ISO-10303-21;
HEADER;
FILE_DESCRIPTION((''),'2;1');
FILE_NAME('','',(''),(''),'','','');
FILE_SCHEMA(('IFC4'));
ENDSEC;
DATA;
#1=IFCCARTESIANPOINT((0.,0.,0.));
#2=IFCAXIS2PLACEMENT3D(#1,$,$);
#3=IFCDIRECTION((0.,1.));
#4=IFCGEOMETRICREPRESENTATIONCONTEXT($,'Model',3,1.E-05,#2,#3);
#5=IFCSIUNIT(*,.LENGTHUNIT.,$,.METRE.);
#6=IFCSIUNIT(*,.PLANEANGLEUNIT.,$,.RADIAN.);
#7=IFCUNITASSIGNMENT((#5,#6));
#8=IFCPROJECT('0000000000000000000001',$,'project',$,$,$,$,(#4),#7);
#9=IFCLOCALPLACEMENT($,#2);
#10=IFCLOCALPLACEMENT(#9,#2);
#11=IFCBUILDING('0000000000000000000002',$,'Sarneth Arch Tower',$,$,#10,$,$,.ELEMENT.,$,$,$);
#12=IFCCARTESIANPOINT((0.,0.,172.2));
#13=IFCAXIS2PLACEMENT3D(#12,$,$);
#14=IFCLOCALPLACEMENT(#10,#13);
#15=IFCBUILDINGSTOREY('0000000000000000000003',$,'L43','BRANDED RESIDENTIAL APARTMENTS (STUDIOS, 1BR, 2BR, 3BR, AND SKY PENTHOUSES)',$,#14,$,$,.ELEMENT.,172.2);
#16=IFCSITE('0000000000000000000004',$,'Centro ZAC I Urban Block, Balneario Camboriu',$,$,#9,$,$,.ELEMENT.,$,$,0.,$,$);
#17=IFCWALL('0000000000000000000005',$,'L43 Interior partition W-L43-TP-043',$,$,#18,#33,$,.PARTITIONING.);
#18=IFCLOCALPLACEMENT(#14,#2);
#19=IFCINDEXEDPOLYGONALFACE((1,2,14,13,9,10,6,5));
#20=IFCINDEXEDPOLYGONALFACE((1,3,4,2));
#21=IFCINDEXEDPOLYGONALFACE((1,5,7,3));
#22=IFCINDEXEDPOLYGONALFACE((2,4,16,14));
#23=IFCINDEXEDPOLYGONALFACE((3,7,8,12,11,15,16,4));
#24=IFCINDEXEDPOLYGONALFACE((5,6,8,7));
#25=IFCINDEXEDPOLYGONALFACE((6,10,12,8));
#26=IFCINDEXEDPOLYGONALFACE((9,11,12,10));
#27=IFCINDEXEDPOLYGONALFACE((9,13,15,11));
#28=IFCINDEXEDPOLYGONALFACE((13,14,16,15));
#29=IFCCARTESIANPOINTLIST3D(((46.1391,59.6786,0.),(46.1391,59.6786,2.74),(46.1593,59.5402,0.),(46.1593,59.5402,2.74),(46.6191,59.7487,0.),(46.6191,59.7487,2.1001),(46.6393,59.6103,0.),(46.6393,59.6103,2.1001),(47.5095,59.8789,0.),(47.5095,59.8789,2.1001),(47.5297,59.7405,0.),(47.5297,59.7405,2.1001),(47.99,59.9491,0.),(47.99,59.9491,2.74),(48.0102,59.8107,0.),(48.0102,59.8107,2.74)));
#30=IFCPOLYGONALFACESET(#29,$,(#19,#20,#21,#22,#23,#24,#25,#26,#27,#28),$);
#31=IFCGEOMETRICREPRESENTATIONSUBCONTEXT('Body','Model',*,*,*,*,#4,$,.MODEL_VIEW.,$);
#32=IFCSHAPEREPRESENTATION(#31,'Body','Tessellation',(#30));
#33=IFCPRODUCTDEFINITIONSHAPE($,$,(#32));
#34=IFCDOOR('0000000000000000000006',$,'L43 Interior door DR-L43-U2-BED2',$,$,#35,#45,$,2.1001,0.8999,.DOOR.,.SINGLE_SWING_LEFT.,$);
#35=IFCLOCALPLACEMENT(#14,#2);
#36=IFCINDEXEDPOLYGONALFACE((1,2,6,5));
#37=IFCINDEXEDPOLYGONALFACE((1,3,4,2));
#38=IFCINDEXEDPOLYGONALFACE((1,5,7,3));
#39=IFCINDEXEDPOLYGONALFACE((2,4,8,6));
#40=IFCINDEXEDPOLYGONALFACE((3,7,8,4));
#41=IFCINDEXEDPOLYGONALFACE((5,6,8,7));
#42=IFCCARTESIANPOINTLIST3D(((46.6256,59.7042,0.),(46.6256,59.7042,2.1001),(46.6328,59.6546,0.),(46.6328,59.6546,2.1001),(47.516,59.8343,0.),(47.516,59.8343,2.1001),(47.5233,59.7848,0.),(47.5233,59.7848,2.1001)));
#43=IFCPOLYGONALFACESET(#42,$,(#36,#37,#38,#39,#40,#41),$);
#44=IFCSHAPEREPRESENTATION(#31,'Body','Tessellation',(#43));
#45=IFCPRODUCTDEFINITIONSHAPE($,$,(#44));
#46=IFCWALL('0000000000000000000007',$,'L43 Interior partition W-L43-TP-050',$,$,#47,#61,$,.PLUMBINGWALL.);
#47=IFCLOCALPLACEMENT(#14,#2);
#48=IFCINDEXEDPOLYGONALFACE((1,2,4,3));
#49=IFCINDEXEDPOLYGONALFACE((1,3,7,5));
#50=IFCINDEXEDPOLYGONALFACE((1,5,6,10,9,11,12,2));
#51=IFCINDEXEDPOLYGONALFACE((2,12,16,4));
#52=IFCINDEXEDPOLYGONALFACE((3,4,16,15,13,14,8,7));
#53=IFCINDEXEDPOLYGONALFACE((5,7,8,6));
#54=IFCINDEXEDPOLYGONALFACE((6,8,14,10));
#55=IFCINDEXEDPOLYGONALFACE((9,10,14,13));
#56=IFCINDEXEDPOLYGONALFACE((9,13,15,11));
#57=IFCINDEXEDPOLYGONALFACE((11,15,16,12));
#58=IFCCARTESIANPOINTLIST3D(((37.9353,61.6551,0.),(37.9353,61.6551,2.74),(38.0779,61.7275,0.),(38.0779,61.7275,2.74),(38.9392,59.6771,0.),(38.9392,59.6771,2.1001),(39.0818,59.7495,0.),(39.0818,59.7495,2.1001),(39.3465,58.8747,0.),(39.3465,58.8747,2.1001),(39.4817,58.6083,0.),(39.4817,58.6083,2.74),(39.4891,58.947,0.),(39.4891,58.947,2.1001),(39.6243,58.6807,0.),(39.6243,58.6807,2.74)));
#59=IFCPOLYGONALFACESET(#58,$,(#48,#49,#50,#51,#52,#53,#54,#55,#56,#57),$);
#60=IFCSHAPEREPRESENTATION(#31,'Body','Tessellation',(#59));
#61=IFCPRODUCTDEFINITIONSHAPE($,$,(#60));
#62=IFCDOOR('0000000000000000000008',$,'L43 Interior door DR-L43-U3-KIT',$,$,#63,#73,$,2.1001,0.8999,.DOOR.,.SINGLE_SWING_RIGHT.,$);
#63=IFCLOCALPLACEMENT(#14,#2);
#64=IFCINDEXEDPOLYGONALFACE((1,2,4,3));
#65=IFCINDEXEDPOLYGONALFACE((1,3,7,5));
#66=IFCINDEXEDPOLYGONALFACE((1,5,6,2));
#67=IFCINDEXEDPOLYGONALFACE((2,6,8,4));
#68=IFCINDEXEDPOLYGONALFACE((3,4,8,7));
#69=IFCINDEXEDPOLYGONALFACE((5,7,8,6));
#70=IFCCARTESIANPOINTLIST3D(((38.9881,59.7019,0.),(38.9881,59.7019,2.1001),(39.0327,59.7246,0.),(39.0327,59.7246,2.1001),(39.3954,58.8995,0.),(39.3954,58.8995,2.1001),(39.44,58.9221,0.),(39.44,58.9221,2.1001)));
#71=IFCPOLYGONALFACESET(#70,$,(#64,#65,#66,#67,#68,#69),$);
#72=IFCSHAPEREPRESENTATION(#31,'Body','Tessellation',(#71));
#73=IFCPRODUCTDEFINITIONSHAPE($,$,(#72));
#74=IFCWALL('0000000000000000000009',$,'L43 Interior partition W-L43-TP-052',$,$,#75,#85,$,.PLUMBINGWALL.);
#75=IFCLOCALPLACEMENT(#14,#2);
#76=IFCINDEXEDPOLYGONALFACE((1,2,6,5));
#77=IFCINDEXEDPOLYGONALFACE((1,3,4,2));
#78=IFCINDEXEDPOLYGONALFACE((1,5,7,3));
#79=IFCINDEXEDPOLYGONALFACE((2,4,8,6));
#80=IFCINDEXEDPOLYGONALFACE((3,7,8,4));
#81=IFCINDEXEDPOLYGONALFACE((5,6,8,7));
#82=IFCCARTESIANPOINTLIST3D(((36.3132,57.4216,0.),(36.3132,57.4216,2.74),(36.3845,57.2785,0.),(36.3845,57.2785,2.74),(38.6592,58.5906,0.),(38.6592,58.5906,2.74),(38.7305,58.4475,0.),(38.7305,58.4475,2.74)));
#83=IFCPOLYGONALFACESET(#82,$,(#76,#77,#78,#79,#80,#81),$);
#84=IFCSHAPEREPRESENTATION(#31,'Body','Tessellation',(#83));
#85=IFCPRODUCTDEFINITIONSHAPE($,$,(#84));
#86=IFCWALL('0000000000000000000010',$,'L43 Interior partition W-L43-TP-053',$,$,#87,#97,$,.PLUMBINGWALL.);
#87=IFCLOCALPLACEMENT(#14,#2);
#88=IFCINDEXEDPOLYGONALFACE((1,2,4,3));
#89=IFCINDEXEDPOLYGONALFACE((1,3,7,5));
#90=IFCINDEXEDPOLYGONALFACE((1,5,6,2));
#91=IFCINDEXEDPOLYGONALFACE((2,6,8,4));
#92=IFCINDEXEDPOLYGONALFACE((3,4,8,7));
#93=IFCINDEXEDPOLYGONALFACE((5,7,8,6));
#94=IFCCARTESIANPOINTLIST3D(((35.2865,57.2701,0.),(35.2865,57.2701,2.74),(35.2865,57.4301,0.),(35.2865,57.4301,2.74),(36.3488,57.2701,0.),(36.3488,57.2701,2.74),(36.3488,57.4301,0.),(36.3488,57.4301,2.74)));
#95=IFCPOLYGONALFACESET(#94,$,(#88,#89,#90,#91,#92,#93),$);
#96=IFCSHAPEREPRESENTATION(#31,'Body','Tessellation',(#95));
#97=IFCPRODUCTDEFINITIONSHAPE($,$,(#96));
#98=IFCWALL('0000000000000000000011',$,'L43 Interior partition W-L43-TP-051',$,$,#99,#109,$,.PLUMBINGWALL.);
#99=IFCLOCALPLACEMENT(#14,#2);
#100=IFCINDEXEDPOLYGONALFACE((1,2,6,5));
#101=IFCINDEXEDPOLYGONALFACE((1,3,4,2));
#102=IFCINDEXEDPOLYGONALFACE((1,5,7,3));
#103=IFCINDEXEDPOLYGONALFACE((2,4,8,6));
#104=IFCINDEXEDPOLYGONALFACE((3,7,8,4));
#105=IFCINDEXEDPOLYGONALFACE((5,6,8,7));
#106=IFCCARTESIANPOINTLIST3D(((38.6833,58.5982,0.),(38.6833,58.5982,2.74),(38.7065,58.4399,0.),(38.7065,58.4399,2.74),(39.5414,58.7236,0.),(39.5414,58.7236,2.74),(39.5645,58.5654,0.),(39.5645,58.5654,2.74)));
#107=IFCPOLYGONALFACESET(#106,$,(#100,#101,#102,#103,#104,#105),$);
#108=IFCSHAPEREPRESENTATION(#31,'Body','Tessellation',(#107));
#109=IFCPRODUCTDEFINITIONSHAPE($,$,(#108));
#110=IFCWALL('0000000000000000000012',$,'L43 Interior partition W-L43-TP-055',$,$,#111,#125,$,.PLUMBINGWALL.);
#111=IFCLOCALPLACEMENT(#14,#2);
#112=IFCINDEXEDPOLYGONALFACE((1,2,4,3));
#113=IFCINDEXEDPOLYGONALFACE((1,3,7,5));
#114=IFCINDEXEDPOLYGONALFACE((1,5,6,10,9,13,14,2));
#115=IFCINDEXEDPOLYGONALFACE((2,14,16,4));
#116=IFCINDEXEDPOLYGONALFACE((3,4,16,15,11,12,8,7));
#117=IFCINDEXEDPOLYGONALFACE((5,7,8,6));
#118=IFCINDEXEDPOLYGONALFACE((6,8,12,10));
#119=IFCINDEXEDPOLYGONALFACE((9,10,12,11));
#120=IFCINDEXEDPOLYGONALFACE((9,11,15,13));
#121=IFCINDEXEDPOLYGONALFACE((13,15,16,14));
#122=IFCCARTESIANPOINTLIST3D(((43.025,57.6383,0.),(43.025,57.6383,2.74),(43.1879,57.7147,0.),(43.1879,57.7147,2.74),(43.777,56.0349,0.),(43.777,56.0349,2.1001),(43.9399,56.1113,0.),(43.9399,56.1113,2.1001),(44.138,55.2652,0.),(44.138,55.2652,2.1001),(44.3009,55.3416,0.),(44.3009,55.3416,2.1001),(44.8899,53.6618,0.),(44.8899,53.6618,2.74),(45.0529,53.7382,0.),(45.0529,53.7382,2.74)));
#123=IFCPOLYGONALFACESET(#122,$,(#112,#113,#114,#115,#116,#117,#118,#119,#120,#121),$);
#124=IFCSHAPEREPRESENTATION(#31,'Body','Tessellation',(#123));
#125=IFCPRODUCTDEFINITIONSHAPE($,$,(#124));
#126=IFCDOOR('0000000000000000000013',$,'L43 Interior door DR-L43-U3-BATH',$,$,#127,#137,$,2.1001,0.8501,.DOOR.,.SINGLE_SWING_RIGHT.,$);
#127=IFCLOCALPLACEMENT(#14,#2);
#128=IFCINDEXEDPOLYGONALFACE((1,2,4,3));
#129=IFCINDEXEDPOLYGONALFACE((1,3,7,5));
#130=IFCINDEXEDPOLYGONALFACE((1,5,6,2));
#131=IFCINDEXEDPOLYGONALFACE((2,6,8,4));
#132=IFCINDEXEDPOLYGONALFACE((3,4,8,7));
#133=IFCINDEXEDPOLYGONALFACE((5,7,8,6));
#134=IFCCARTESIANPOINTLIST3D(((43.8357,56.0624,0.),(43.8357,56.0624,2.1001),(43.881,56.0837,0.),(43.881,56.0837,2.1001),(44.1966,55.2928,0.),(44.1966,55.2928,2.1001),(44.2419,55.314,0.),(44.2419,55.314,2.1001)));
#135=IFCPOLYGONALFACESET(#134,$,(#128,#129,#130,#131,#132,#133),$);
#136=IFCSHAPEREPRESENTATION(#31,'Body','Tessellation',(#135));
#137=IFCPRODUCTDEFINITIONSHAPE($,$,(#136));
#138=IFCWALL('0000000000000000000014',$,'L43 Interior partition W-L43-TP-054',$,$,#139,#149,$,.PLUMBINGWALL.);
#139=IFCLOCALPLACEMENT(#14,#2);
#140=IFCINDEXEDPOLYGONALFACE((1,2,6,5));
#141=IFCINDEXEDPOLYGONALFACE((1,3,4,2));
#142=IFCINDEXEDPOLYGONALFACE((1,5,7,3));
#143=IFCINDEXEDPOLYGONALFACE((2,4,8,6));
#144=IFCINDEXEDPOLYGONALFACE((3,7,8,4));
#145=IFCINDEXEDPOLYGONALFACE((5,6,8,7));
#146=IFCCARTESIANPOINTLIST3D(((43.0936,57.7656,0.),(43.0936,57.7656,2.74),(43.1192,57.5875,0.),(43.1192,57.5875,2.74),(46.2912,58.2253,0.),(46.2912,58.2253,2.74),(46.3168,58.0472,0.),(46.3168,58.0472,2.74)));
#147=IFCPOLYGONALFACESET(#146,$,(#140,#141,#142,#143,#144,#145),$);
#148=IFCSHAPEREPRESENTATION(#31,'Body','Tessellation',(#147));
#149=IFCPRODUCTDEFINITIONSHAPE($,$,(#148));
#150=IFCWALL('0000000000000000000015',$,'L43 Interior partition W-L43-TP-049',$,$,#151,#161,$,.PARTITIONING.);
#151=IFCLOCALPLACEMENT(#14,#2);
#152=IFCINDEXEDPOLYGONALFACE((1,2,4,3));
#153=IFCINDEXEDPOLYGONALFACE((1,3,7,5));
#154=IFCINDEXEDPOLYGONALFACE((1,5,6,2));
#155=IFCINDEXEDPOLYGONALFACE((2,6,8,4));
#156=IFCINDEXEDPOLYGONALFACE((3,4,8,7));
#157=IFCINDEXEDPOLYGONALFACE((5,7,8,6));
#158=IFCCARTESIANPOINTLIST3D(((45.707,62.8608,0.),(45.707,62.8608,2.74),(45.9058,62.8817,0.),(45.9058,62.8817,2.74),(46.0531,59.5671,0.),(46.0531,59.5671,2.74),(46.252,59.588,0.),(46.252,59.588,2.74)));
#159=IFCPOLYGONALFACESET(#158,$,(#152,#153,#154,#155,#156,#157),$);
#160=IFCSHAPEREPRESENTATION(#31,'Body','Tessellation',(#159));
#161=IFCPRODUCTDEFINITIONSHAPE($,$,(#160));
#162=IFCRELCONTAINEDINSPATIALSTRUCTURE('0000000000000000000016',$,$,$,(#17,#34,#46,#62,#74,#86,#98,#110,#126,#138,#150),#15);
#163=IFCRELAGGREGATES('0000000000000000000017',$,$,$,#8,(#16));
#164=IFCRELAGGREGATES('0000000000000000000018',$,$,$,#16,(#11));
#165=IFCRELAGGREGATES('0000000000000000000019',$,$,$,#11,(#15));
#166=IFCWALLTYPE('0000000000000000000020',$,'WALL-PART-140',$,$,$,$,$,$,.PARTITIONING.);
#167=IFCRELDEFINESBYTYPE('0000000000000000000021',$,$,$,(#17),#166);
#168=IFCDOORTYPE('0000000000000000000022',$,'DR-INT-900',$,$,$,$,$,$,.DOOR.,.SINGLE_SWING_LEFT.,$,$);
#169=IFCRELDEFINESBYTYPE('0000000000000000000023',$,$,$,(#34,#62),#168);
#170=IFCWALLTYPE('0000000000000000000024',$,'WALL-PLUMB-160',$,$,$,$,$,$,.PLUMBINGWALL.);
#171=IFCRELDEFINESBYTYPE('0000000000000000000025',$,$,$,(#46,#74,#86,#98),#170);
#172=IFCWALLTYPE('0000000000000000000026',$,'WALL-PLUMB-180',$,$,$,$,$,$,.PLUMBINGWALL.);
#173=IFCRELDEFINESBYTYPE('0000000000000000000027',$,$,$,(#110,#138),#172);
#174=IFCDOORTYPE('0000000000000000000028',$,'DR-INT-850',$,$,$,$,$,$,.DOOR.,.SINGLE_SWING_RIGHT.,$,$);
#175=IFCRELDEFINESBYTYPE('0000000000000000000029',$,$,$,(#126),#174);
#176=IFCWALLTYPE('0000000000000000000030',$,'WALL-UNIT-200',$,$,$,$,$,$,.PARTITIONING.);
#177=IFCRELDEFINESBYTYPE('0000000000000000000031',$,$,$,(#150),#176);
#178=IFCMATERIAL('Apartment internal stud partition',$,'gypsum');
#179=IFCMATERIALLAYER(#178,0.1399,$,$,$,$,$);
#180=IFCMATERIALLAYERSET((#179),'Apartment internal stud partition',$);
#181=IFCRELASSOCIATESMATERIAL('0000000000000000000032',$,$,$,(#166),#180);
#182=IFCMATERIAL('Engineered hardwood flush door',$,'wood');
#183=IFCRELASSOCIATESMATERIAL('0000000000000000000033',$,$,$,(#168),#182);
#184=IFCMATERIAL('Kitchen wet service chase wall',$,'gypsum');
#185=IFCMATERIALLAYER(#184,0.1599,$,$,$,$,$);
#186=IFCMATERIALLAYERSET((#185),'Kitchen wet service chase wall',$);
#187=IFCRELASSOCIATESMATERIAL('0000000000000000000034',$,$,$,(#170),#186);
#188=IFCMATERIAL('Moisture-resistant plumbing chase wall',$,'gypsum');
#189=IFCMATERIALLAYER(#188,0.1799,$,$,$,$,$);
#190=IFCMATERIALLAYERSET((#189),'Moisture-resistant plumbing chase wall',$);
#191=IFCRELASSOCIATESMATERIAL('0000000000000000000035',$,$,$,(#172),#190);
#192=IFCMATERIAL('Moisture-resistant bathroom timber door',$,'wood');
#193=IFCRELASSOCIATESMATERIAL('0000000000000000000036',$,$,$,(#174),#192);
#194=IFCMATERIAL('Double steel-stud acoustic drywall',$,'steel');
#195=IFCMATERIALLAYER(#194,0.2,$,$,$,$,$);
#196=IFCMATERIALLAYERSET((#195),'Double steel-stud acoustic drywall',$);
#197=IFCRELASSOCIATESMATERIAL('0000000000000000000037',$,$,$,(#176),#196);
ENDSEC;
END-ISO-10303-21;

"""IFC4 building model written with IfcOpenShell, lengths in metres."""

from ifc_helpers import new_model, si_unit, direction, frame, frame_2d, origin, place, context, subcontext, project, spatial, rectangle, extrude, material, layer, layer_set, type_object, element, fill, save


model = new_model("IFC4")

# Units and contexts
model_context = context("Model", 3, precision=1e-05, world=origin(), true_north=direction((0.0, 1.0)))
body_context = subcontext(model_context, "Body", "Model", "MODEL_VIEW")
ifc_project = project(units=[si_unit("LENGTHUNIT", "METRE"), si_unit("PLANEANGLEUNIT", "RADIAN")], contexts=[model_context])

# Site, building, storey
site_placement = place(None, origin())
site = spatial("IfcSite", under=ifc_project, at=site_placement, Name="Centro ZAC I Urban Block, Balneario Camboriu", CompositionType="ELEMENT", RefElevation=0.0)
building_placement = place(site_placement, origin())
building = spatial("IfcBuilding", under=site, at=building_placement, Name="Sarneth Arch Tower", CompositionType="ELEMENT")
storey_placement = place(building_placement, frame((0.0, 0.0, 172.2)))
storey = spatial("IfcBuildingStorey", under=building, at=storey_placement, Name="L43", Description="BRANDED RESIDENTIAL APARTMENTS (STUDIOS, 1BR, 2BR, 3BR, AND SKY PENTHOUSES)", CompositionType="ELEMENT", Elevation=172.2)

# Walls, openings, doors
ifc_material_1 = material(Name="Apartment internal stud partition", Category="gypsum")
ifc_layer_1 = layer(ifc_material_1, 0.1399)
ifc_layer_set_1 = layer_set([ifc_layer_1], Name="Apartment internal stud partition")
wall_type_1 = type_object("IfcWallType", Name="WALL-PART-140", PredefinedType="PARTITIONING", material=ifc_layer_set_1)
wall_1_placement = place(storey_placement, frame((46.1492, 59.6094, 0.0), z_axis=(0.0, 0.0, 1.0), x_axis=(0.989488, 0.144618, 0.0)))
wall_1 = element("IfcWall", 1, at=wall_1_placement, inside=storey, type_object=wall_type_1, Name="L43 Interior partition W-L43-TP-043", PredefinedType="PARTITIONING", context=body_context, shape_type="SweptSolid", body=[
    extrude(rectangle(XDim=1.8706, YDim=0.1399, at=frame_2d((0.9353, 0.0))), origin(), (0.0, 0.0, 1.0), 2.74),
])
opening_1_placement = place(wall_1_placement, frame((0.4851, 0.0, 0.0)))
opening_1 = element("IfcOpeningElement", 2, at=opening_1_placement, cuts=wall_1, PredefinedType="OPENING", context=body_context, shape_type="SweptSolid", body=[
    extrude(rectangle(XDim=0.8999, YDim=2.1001, at=frame_2d((0.45, 1.05))), frame((0.0, 0.0798, 0.0), z_axis=(0.0, -1.0, 0.0), x_axis=(1.0, 0.0, 0.0)), (0.0, 0.0, 1.0), 0.1599),
])
ifc_material_2 = material(Name="Engineered hardwood flush door", Category="wood")
door_type_1 = type_object("IfcDoorType", Name="DR-INT-900", OperationType="SINGLE_SWING_LEFT", PredefinedType="DOOR", material=ifc_material_2)
door_1_placement = place(opening_1_placement, origin())
door_1 = element("IfcDoor", 3, at=door_1_placement, inside=storey, type_object=door_type_1, Name="L43 Interior door DR-L43-U2-BED2", OperationType="SINGLE_SWING_LEFT", OverallHeight=2.1001, OverallWidth=0.8999, PredefinedType="DOOR", context=body_context, shape_type="SweptSolid", body=[
    extrude(rectangle(XDim=0.8999, YDim=2.1001, at=frame_2d((0.45, 1.05))), frame((0.0, 0.0249, 0.0), z_axis=(0.0, -1.0, 0.0), x_axis=(1.0, 0.0, 0.0)), (0.0, 0.0, 1.0), 0.05),
])
fill(opening_1, door_1)
ifc_material_3 = material(Name="Kitchen wet service chase wall", Category="gypsum")
ifc_layer_2 = layer(ifc_material_3, 0.1599)
ifc_layer_set_2 = layer_set([ifc_layer_2], Name="Kitchen wet service chase wall")
wall_type_2 = type_object("IfcWallType", Name="WALL-PLUMB-160", PredefinedType="PLUMBINGWALL", material=ifc_layer_set_2)
wall_2_placement = place(storey_placement, frame((38.0066, 61.6914, 0.0), z_axis=(0.0, 0.0, 1.0), x_axis=(0.452579, -0.891724, 0.0)))
wall_2 = element("IfcWall", 4, at=wall_2_placement, inside=storey, type_object=wall_type_2, Name="L43 Interior partition W-L43-TP-050", PredefinedType="PLUMBINGWALL", context=body_context, shape_type="SweptSolid", body=[
    extrude(rectangle(XDim=3.4167, YDim=0.1599, at=frame_2d((1.7085, 0.0))), origin(), (0.0, 0.0, 1.0), 2.74),
])
opening_2_placement = place(wall_2_placement, frame((2.2183, 0.0, 0.0)))
opening_2 = element("IfcOpeningElement", 5, at=opening_2_placement, cuts=wall_2, PredefinedType="OPENING", context=body_context, shape_type="SweptSolid", body=[
    extrude(rectangle(XDim=0.8999, YDim=2.1001, at=frame_2d((0.45, 1.05))), frame((0.0, 0.0898, 0.0), z_axis=(0.0, -1.0, 0.0), x_axis=(1.0, 0.0, 0.0)), (0.0, 0.0, 1.0), 0.1799),
])
door_2_placement = place(opening_2_placement, origin())
door_2 = element("IfcDoor", 6, at=door_2_placement, inside=storey, type_object=door_type_1, Name="L43 Interior door DR-L43-U3-KIT", OperationType="SINGLE_SWING_RIGHT", OverallHeight=2.1001, OverallWidth=0.8999, PredefinedType="DOOR", context=body_context, shape_type="SweptSolid", body=[
    extrude(rectangle(XDim=0.8999, YDim=2.1001, at=frame_2d((0.45, 1.05))), frame((0.0, 0.0249, 0.0), z_axis=(0.0, -1.0, 0.0), x_axis=(1.0, 0.0, 0.0)), (0.0, 0.0, 1.0), 0.05),
])
fill(opening_2, door_2)

# Walls
wall_3_placement = place(storey_placement, frame((38.6948, 58.519, 0.0), z_axis=(0.0, 0.0, 1.0), x_axis=(-0.895041, -0.445984, 0.0)))
element("IfcWall", 7, at=wall_3_placement, inside=storey, type_object=wall_type_2, Name="L43 Interior partition W-L43-TP-052", PredefinedType="PLUMBINGWALL", context=body_context, shape_type="SweptSolid", body=[
    extrude(rectangle(XDim=2.6211, YDim=0.1599, at=frame_2d((1.3105, 0.0))), origin(), (0.0, 0.0, 1.0), 2.74),
])
wall_4_placement = place(storey_placement, frame((36.3489, 57.3501, 0.0), z_axis=(0.0, 0.0, 1.0), x_axis=(-1.0, 0.0, 0.0)))
element("IfcWall", 8, at=wall_4_placement, inside=storey, type_object=wall_type_2, Name="L43 Interior partition W-L43-TP-053", PredefinedType="PLUMBINGWALL", context=body_context, shape_type="SweptSolid", body=[
    extrude(rectangle(XDim=1.0623, YDim=0.1599, at=frame_2d((0.5312, 0.0))), origin(), (0.0, 0.0, 1.0), 2.74),
])
wall_5_placement = place(storey_placement, frame((39.553, 58.6445, 0.0), z_axis=(0.0, 0.0, 1.0), x_axis=(-0.989477, -0.144692, 0.0)))
element("IfcWall", 9, at=wall_5_placement, inside=storey, type_object=wall_type_2, Name="L43 Interior partition W-L43-TP-051", PredefinedType="PLUMBINGWALL", context=body_context, shape_type="SweptSolid", body=[
    extrude(rectangle(XDim=0.8672, YDim=0.1599, at=frame_2d((0.4336, 0.0))), origin(), (0.0, 0.0, 1.0), 2.74),
])

# Wall, opening, door
ifc_material_4 = material(Name="Moisture-resistant plumbing chase wall", Category="gypsum")
ifc_layer_3 = layer(ifc_material_4, 0.1799)
ifc_layer_set_3 = layer_set([ifc_layer_3], Name="Moisture-resistant plumbing chase wall")
wall_type_3 = type_object("IfcWallType", Name="WALL-PLUMB-180", PredefinedType="PLUMBINGWALL", material=ifc_layer_set_3)
wall_6_placement = place(storey_placement, frame((43.1064, 57.6765, 0.0), z_axis=(0.0, 0.0, 1.0), x_axis=(0.424616, -0.905373, 0.0)))
wall_6 = element("IfcWall", 10, at=wall_6_placement, inside=storey, type_object=wall_type_3, Name="L43 Interior partition W-L43-TP-055", PredefinedType="PLUMBINGWALL", context=body_context, shape_type="SweptSolid", body=[
    extrude(rectangle(XDim=4.3921, YDim=0.1799, at=frame_2d((2.196, 0.0))), origin(), (0.0, 0.0, 1.0), 2.74),
])
opening_3_placement = place(wall_6_placement, frame((1.771, 0.0, 0.0)))
opening_3 = element("IfcOpeningElement", 11, at=opening_3_placement, cuts=wall_6, PredefinedType="OPENING", context=body_context, shape_type="SweptSolid", body=[
    extrude(rectangle(XDim=0.8501, YDim=2.1001, at=frame_2d((0.425, 1.05))), frame((0.0, 0.0999, 0.0), z_axis=(0.0, -1.0, 0.0), x_axis=(1.0, 0.0, 0.0)), (0.0, 0.0, 1.0), 0.2),
])
ifc_material_5 = material(Name="Moisture-resistant bathroom timber door", Category="wood")
door_type_2 = type_object("IfcDoorType", Name="DR-INT-850", OperationType="SINGLE_SWING_RIGHT", PredefinedType="DOOR", material=ifc_material_5)
door_3_placement = place(opening_3_placement, origin())
door_3 = element("IfcDoor", 12, at=door_3_placement, inside=storey, type_object=door_type_2, Name="L43 Interior door DR-L43-U3-BATH", OperationType="SINGLE_SWING_RIGHT", OverallHeight=2.1001, OverallWidth=0.8501, PredefinedType="DOOR", context=body_context, shape_type="SweptSolid", body=[
    extrude(rectangle(XDim=0.8501, YDim=2.1001, at=frame_2d((0.425, 1.05))), frame((0.0, 0.0249, 0.0), z_axis=(0.0, -1.0, 0.0), x_axis=(1.0, 0.0, 0.0)), (0.0, 0.0, 1.0), 0.05),
])
fill(opening_3, door_3)

# Walls
wall_7_placement = place(storey_placement, frame((46.304, 58.1362, 0.0), z_axis=(0.0, 0.0, 1.0), x_axis=(-0.989822, -0.14231, 0.0)))
element("IfcWall", 13, at=wall_7_placement, inside=storey, type_object=wall_type_3, Name="L43 Interior partition W-L43-TP-054", PredefinedType="PLUMBINGWALL", context=body_context, shape_type="SweptSolid", body=[
    extrude(rectangle(XDim=3.2305, YDim=0.1799, at=frame_2d((1.6152, 0.0))), origin(), (0.0, 0.0, 1.0), 2.74),
])
ifc_material_6 = material(Name="Double steel-stud acoustic drywall", Category="steel")
ifc_layer_4 = layer(ifc_material_6, 0.2)
ifc_layer_set_4 = layer_set([ifc_layer_4], Name="Double steel-stud acoustic drywall")
wall_type_4 = type_object("IfcWallType", Name="WALL-UNIT-200", PredefinedType="PARTITIONING", material=ifc_layer_set_4)
wall_8_placement = place(storey_placement, frame((45.8064, 62.8711, 0.0), z_axis=(0.0, 0.0, 1.0), x_axis=(0.104531, -0.994522, 0.0)))
element("IfcWall", 14, at=wall_8_placement, inside=storey, type_object=wall_type_4, Name="L43 Interior partition W-L43-TP-049", PredefinedType="PARTITIONING", context=body_context, shape_type="SweptSolid", body=[
    extrude(rectangle(XDim=3.3118, YDim=0.2, at=frame_2d((1.6558, 0.0))), origin(), (0.0, 0.0, 1.0), 2.74),
])

save(model, "model.ifc")
